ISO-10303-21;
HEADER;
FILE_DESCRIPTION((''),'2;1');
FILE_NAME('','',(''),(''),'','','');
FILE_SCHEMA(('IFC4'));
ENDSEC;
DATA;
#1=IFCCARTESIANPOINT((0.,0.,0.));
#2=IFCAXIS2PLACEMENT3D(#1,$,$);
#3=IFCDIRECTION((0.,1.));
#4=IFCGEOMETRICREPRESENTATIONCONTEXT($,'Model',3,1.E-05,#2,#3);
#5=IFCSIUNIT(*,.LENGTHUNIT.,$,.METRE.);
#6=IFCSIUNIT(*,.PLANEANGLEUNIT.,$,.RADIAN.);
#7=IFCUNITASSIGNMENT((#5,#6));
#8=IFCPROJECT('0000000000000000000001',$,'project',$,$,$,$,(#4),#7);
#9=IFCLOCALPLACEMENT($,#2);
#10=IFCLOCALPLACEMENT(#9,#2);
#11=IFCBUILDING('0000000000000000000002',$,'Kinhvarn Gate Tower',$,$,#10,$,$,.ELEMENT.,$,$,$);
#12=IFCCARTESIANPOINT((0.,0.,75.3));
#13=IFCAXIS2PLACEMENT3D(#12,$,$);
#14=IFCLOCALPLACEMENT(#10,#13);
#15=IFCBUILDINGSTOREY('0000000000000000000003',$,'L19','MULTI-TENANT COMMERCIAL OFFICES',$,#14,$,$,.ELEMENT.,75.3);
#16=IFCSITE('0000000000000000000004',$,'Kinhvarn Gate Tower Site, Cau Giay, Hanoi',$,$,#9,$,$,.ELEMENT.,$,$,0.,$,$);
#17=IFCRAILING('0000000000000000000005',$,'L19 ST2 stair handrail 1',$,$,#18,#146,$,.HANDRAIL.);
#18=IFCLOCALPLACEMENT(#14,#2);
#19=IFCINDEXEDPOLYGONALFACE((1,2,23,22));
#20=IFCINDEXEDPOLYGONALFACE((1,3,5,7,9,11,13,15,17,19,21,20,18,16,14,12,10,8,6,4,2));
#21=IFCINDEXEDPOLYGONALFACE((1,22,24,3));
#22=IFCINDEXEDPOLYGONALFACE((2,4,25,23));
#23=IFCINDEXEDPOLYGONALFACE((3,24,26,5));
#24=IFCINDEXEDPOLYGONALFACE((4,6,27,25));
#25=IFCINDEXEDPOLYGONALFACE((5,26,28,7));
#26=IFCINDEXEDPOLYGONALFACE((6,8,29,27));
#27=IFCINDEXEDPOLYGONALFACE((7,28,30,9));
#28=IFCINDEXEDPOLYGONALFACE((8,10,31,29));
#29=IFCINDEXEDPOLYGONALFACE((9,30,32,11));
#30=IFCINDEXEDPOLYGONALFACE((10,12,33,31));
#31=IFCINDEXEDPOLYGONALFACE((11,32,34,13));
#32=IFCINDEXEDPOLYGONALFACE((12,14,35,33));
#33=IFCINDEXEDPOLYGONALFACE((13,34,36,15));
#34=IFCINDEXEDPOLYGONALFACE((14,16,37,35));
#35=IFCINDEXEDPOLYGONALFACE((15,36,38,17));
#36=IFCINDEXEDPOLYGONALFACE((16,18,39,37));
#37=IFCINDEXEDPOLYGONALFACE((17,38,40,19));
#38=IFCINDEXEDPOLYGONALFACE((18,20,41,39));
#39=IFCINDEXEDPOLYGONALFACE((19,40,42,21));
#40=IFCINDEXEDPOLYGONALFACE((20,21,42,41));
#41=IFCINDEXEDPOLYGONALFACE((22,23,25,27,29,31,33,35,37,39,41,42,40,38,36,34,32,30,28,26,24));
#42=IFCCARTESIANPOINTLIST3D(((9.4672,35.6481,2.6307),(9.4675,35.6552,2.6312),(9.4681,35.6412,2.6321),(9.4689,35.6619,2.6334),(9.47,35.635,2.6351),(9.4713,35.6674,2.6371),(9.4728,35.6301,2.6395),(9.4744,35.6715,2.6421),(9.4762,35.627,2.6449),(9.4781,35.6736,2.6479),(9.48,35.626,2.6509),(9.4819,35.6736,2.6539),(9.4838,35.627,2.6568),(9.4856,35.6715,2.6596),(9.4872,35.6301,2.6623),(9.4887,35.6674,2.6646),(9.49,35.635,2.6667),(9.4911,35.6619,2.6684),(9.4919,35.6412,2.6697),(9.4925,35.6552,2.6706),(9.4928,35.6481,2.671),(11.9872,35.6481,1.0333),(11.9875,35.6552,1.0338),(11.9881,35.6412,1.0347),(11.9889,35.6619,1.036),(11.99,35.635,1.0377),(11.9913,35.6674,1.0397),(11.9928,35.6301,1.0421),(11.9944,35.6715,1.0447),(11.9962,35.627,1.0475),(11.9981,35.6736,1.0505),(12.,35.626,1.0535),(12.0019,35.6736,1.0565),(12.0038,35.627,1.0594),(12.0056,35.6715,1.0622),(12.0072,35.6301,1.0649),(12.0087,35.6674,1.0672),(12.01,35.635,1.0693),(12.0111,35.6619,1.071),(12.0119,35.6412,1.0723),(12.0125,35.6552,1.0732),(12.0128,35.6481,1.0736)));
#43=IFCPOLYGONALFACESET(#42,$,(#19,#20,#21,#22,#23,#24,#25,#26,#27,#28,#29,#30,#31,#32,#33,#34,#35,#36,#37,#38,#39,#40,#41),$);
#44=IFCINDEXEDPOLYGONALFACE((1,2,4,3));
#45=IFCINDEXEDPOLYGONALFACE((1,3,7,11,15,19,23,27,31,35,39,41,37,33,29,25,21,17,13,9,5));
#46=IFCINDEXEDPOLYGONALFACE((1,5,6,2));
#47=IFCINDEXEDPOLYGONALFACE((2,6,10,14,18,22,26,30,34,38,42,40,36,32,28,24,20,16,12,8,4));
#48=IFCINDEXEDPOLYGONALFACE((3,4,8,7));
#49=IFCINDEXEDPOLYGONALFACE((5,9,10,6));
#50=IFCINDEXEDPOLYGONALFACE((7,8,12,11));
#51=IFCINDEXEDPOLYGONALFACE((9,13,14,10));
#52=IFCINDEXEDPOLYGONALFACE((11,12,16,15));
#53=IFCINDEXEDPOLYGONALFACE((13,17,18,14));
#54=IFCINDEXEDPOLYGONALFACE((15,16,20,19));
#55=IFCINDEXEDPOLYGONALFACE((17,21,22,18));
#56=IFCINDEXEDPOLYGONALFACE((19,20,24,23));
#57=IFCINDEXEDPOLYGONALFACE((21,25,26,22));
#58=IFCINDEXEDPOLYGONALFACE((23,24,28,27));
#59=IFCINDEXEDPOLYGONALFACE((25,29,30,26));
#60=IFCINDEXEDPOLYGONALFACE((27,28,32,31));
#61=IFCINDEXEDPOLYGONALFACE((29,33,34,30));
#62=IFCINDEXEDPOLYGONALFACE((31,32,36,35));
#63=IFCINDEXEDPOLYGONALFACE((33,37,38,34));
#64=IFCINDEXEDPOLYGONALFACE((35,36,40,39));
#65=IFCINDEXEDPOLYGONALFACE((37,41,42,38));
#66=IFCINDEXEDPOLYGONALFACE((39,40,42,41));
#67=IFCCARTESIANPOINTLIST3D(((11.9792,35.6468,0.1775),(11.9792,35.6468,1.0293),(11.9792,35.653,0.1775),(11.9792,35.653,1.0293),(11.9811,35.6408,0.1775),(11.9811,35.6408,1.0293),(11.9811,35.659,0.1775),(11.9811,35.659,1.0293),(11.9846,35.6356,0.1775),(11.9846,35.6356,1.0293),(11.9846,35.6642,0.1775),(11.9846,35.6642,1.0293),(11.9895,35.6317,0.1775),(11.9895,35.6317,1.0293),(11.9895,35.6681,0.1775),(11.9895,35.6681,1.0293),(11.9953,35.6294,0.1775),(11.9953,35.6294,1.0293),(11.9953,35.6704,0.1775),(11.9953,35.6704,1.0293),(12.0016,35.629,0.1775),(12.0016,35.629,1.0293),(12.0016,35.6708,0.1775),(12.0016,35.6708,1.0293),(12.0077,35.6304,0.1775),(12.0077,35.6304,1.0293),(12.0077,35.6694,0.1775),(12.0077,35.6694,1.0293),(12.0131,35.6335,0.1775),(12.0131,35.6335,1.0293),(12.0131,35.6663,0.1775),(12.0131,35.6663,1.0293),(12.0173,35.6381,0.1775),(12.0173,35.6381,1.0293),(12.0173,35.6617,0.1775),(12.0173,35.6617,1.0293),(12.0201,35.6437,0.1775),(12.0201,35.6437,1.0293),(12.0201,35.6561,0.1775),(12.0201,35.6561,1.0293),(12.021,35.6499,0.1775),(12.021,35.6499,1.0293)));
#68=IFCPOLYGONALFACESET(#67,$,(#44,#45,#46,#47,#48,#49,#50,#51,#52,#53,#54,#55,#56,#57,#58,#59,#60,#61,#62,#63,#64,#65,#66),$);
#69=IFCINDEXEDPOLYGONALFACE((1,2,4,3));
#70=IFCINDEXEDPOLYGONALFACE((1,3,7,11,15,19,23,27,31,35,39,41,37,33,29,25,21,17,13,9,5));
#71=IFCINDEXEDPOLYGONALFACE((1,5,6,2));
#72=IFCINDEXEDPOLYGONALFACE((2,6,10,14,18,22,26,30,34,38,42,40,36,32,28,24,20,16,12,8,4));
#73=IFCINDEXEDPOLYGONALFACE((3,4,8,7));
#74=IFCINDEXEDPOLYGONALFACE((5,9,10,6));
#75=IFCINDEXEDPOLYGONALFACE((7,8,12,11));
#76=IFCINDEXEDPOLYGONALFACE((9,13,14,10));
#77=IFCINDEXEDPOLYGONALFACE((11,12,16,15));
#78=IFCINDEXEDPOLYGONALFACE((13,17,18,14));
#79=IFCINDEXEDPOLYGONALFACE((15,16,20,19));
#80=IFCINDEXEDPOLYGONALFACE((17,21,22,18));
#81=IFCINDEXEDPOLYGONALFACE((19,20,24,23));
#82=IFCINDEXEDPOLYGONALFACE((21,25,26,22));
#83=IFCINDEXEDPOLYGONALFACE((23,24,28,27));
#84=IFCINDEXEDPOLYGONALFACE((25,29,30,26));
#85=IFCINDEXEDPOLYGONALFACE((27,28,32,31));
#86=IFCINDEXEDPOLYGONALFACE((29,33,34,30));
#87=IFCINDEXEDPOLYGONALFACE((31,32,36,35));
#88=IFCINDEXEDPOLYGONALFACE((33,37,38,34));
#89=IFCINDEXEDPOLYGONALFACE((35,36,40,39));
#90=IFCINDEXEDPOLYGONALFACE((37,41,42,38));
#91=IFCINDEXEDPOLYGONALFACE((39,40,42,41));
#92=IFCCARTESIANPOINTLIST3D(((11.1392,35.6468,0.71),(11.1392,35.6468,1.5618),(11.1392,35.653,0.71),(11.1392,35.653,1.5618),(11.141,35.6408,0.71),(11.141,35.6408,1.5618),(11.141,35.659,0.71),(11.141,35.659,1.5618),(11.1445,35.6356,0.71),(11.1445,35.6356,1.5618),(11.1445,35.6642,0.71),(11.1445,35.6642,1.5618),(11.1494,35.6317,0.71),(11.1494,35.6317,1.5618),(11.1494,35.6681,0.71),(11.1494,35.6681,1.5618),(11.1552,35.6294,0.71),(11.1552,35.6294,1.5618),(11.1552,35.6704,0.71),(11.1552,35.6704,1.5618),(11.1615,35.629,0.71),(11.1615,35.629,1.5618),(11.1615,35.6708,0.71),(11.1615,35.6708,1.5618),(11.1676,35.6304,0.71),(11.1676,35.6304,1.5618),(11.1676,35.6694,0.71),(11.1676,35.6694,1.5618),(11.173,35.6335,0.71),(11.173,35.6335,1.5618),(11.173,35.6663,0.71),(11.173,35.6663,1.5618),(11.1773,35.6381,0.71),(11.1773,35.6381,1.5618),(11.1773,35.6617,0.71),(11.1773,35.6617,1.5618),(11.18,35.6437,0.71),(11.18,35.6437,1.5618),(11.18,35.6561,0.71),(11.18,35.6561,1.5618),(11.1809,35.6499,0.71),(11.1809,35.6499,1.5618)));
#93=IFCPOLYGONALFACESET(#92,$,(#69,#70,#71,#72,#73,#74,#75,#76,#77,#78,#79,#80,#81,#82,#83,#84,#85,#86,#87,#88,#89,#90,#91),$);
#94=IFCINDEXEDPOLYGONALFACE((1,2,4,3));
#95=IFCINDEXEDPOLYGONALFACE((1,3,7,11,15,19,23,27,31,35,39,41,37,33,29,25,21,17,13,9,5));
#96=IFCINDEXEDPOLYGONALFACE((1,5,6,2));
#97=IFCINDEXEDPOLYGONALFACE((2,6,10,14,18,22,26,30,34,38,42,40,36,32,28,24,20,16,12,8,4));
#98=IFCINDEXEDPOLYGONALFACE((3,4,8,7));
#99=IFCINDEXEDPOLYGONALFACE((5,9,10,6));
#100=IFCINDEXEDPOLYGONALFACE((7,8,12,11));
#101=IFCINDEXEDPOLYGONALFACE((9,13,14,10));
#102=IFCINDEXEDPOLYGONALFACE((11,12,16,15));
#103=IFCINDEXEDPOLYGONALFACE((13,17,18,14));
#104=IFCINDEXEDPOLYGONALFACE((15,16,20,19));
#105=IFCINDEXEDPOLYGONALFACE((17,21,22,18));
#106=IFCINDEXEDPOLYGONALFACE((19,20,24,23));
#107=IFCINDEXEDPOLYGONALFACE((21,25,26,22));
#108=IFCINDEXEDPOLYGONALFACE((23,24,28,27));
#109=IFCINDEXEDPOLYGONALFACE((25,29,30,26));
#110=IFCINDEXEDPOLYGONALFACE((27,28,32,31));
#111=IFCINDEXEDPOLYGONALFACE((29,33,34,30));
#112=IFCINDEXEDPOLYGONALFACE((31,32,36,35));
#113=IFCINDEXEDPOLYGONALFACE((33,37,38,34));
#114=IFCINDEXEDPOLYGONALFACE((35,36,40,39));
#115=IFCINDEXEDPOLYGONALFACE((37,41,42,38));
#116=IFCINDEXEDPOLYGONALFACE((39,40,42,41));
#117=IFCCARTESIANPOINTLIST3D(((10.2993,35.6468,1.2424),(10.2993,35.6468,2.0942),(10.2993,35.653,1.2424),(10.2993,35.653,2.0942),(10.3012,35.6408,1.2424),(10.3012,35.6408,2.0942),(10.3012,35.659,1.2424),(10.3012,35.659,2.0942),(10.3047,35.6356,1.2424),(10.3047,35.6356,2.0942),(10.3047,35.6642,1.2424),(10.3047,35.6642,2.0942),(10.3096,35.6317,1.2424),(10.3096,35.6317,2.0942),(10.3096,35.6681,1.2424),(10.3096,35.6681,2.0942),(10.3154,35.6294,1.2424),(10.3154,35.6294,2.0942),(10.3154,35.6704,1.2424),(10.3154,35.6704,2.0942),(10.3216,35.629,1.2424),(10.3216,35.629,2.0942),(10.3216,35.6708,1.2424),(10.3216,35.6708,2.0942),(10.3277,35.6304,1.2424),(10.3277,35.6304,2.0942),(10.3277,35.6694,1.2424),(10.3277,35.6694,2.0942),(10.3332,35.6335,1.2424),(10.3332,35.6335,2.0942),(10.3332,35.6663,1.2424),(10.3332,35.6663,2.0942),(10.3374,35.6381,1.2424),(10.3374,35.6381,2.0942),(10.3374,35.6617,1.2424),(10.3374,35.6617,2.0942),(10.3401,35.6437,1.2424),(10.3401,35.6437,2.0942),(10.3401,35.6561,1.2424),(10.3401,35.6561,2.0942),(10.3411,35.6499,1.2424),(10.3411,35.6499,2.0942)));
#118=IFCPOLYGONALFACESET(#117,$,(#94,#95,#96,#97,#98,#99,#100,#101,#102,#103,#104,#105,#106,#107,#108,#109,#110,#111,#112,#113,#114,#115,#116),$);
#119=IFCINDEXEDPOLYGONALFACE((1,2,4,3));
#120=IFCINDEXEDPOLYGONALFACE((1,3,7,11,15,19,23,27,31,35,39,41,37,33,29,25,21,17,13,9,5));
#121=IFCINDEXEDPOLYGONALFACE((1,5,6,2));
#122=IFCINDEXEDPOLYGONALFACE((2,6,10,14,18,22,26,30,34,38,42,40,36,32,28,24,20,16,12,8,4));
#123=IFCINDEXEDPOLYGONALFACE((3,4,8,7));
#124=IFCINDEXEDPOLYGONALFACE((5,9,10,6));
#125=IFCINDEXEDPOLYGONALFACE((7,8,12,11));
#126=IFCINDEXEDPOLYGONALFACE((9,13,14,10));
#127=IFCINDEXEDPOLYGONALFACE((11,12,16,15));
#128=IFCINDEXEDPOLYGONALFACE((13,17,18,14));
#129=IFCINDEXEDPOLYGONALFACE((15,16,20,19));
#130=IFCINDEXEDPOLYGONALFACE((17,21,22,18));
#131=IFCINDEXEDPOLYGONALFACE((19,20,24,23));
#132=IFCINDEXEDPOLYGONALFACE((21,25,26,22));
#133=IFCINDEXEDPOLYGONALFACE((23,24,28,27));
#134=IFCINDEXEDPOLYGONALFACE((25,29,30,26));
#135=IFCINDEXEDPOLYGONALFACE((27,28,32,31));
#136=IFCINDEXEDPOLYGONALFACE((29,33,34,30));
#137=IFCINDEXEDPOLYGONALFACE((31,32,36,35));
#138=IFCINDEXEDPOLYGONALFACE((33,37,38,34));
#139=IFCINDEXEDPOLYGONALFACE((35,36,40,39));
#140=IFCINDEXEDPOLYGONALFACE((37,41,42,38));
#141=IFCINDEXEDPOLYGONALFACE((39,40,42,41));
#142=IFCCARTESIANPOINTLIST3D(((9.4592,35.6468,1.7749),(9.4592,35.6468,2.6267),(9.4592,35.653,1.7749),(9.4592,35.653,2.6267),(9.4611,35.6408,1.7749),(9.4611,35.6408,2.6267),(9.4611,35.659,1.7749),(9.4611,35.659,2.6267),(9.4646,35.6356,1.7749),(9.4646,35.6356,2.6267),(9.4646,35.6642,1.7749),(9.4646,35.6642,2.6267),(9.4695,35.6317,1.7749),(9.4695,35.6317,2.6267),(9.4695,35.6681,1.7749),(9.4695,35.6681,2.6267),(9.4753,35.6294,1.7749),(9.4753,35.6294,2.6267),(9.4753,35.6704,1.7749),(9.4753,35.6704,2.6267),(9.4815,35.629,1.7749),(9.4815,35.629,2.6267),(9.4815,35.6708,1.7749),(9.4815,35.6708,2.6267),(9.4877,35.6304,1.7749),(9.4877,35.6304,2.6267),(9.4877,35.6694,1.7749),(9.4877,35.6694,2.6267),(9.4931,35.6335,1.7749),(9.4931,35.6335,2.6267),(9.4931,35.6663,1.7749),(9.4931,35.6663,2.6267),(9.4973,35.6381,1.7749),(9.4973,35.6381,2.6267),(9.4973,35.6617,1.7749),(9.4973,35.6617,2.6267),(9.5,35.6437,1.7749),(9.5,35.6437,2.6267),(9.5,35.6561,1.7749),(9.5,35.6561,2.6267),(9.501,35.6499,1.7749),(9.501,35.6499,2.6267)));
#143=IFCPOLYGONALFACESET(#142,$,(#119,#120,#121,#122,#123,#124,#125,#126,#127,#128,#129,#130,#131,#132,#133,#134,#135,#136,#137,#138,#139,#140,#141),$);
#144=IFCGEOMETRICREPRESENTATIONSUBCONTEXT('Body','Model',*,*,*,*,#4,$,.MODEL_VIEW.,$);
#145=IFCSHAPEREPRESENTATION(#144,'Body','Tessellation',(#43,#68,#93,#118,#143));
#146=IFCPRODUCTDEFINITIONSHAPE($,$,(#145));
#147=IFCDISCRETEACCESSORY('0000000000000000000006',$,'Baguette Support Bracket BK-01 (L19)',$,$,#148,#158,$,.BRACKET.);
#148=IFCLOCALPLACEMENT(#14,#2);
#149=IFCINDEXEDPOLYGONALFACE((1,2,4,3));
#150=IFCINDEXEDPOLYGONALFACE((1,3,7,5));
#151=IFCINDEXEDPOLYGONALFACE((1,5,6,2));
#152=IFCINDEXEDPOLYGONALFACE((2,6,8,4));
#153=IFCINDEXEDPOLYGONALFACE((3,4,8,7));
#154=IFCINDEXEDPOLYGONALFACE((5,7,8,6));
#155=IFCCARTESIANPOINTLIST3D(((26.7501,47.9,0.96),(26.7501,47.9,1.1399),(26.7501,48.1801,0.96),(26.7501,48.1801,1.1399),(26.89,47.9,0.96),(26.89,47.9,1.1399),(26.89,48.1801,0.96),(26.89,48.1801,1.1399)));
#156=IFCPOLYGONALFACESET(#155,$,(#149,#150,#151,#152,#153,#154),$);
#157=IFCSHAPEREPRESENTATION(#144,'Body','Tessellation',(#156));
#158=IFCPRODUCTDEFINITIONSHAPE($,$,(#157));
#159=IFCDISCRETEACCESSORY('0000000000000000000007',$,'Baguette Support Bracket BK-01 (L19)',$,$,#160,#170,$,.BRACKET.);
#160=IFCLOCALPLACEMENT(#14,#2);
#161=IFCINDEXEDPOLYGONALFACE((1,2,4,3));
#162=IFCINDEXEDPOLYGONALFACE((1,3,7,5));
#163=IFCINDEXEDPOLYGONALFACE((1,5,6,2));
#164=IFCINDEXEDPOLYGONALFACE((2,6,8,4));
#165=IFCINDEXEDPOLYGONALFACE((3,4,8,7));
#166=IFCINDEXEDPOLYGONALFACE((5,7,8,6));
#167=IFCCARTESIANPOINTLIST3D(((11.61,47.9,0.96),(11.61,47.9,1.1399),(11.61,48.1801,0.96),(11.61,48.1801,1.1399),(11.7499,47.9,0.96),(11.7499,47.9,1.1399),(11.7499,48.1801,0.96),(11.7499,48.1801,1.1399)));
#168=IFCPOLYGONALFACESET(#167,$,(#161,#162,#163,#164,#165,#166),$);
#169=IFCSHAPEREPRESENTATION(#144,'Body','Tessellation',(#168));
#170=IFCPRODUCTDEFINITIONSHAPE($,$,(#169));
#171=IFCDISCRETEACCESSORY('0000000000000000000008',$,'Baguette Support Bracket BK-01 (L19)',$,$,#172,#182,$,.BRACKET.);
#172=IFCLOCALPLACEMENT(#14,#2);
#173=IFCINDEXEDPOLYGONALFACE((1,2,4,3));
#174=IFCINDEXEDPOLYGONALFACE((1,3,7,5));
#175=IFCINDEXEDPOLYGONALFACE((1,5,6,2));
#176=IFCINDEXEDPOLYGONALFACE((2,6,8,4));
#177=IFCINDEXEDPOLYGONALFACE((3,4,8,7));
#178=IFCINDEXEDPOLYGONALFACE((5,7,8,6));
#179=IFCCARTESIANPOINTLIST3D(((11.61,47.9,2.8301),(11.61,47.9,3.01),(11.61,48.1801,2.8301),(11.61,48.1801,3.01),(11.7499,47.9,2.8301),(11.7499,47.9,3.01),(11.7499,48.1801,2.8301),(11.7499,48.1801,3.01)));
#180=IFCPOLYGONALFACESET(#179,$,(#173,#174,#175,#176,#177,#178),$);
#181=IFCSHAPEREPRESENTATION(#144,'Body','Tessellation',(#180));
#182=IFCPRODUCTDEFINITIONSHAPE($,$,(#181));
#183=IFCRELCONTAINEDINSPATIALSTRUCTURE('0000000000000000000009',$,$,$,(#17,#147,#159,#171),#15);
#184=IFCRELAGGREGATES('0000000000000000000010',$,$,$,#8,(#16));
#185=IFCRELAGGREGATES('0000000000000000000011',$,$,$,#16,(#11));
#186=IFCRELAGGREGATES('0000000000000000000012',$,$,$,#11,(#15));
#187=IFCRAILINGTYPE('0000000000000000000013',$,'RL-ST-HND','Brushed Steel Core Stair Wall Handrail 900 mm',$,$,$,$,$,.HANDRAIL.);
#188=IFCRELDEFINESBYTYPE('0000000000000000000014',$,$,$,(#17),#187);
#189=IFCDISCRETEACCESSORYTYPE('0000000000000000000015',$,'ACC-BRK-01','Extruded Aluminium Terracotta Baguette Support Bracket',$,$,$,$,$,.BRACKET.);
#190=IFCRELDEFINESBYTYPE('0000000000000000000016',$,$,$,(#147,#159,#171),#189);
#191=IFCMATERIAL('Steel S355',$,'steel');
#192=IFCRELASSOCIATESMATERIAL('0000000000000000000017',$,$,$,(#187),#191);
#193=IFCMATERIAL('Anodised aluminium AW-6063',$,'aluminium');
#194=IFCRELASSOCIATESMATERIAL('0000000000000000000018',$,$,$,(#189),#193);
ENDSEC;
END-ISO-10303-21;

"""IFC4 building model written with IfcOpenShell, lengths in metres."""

from ifc_helpers import new_model, si_unit, direction, frame, origin, origin_2d, place, context, subcontext, project, spatial, rectangle, circle, extrude, material, type_object, element, save


model = new_model("IFC4")

# Units and contexts
model_context = context("Model", 3, precision=1e-05, world=origin(), true_north=direction((0.0, 1.0)))
body_context = subcontext(model_context, "Body", "Model", "MODEL_VIEW")
ifc_project = project(units=[si_unit("LENGTHUNIT", "METRE"), si_unit("PLANEANGLEUNIT", "RADIAN")], contexts=[model_context])

# Site, building, storey
site_placement = place(None, origin())
site = spatial("IfcSite", under=ifc_project, at=site_placement, Name="Kinhvarn Gate Tower Site, Cau Giay, Hanoi", CompositionType="ELEMENT", RefElevation=0.0)
building_placement = place(site_placement, origin())
building = spatial("IfcBuilding", under=site, at=building_placement, Name="Kinhvarn Gate Tower", CompositionType="ELEMENT")
storey_placement = place(building_placement, frame((0.0, 0.0, 75.3)))
storey = spatial("IfcBuildingStorey", under=building, at=storey_placement, Name="L19", Description="MULTI-TENANT COMMERCIAL OFFICES", CompositionType="ELEMENT", Elevation=75.3)

# Shared definitions
ifc_material_1 = material(Name="Anodised aluminium AW-6063", Category="aluminium")

# Shared definitions
ifc_material_2 = material(Name="Steel S355", Category="steel")

# Railing
railing_type_1 = type_object("IfcRailingType", Name="RL-ST-HND", Description="Brushed Steel Core Stair Wall Handrail 900 mm", PredefinedType="HANDRAIL", material=ifc_material_2)
railing_1_placement = place(storey_placement, frame((12.0, 35.6499, 0.1775)))
element("IfcRailing", 1, at=railing_1_placement, inside=storey, type_object=railing_type_1, Name="L19 ST2 stair handrail 1", PredefinedType="HANDRAIL", context=body_context, shape_type="SweptSolid", body=[
    extrude(circle(Radius=0.0239, at=origin_2d()), frame((0.0, 0.0, 0.876), z_axis=(-0.844607, 0.0, 0.535387), x_axis=(0.0, -1.0, 0.0)), (0.0, 0.0, 1.0), 2.9836),
    extrude(circle(Radius=0.021, at=origin_2d()), origin(), (0.0, 0.0, 1.0), 0.8518),
    extrude(circle(Radius=0.021, at=origin_2d()), frame((-0.8401, 0.0, 0.5325)), (0.0, 0.0, 1.0), 0.8518),
    extrude(circle(Radius=0.021, at=origin_2d()), frame((-1.6799, 0.0, 1.0649)), (0.0, 0.0, 1.0), 0.8518),
    extrude(circle(Radius=0.021, at=origin_2d()), frame((-2.52, 0.0, 1.5974)), (0.0, 0.0, 1.0), 0.8518),
])

# Discrete accessories
discrete_accessory_type = type_object("IfcDiscreteAccessoryType", Name="ACC-BRK-01", Description="Extruded Aluminium Terracotta Baguette Support Bracket", PredefinedType="BRACKET", material=ifc_material_1)
for number, where, z_axis, x_axis, name in (
    (2, (26.8201, 48.04, 0.96), (0.0, 0.0, 1.0), (-1.0, 0.0, 0.0), "Baguette Support Bracket BK-01 (L19)"),
    (3, (11.6799, 48.04, 0.96), (0.0, 0.0, 1.0), (-1.0, 0.0, 0.0), "Baguette Support Bracket BK-01 (L19)"),
    (4, (11.6799, 48.04, 2.8301), (0.0, 0.0, 1.0), (-1.0, 0.0, 0.0), "Baguette Support Bracket BK-01 (L19)"),
):
    element("IfcDiscreteAccessory", number, at=place(storey_placement, frame(where, z_axis=z_axis, x_axis=x_axis)), inside=storey, type_object=discrete_accessory_type, Name=name, PredefinedType="BRACKET", context=body_context, shape_type="SweptSolid", body=[
        extrude(rectangle(XDim=0.1399, YDim=0.28, at=origin_2d()), origin(), (0.0, 0.0, 1.0), 0.1799),
    ])

save(model, "model.ifc")
